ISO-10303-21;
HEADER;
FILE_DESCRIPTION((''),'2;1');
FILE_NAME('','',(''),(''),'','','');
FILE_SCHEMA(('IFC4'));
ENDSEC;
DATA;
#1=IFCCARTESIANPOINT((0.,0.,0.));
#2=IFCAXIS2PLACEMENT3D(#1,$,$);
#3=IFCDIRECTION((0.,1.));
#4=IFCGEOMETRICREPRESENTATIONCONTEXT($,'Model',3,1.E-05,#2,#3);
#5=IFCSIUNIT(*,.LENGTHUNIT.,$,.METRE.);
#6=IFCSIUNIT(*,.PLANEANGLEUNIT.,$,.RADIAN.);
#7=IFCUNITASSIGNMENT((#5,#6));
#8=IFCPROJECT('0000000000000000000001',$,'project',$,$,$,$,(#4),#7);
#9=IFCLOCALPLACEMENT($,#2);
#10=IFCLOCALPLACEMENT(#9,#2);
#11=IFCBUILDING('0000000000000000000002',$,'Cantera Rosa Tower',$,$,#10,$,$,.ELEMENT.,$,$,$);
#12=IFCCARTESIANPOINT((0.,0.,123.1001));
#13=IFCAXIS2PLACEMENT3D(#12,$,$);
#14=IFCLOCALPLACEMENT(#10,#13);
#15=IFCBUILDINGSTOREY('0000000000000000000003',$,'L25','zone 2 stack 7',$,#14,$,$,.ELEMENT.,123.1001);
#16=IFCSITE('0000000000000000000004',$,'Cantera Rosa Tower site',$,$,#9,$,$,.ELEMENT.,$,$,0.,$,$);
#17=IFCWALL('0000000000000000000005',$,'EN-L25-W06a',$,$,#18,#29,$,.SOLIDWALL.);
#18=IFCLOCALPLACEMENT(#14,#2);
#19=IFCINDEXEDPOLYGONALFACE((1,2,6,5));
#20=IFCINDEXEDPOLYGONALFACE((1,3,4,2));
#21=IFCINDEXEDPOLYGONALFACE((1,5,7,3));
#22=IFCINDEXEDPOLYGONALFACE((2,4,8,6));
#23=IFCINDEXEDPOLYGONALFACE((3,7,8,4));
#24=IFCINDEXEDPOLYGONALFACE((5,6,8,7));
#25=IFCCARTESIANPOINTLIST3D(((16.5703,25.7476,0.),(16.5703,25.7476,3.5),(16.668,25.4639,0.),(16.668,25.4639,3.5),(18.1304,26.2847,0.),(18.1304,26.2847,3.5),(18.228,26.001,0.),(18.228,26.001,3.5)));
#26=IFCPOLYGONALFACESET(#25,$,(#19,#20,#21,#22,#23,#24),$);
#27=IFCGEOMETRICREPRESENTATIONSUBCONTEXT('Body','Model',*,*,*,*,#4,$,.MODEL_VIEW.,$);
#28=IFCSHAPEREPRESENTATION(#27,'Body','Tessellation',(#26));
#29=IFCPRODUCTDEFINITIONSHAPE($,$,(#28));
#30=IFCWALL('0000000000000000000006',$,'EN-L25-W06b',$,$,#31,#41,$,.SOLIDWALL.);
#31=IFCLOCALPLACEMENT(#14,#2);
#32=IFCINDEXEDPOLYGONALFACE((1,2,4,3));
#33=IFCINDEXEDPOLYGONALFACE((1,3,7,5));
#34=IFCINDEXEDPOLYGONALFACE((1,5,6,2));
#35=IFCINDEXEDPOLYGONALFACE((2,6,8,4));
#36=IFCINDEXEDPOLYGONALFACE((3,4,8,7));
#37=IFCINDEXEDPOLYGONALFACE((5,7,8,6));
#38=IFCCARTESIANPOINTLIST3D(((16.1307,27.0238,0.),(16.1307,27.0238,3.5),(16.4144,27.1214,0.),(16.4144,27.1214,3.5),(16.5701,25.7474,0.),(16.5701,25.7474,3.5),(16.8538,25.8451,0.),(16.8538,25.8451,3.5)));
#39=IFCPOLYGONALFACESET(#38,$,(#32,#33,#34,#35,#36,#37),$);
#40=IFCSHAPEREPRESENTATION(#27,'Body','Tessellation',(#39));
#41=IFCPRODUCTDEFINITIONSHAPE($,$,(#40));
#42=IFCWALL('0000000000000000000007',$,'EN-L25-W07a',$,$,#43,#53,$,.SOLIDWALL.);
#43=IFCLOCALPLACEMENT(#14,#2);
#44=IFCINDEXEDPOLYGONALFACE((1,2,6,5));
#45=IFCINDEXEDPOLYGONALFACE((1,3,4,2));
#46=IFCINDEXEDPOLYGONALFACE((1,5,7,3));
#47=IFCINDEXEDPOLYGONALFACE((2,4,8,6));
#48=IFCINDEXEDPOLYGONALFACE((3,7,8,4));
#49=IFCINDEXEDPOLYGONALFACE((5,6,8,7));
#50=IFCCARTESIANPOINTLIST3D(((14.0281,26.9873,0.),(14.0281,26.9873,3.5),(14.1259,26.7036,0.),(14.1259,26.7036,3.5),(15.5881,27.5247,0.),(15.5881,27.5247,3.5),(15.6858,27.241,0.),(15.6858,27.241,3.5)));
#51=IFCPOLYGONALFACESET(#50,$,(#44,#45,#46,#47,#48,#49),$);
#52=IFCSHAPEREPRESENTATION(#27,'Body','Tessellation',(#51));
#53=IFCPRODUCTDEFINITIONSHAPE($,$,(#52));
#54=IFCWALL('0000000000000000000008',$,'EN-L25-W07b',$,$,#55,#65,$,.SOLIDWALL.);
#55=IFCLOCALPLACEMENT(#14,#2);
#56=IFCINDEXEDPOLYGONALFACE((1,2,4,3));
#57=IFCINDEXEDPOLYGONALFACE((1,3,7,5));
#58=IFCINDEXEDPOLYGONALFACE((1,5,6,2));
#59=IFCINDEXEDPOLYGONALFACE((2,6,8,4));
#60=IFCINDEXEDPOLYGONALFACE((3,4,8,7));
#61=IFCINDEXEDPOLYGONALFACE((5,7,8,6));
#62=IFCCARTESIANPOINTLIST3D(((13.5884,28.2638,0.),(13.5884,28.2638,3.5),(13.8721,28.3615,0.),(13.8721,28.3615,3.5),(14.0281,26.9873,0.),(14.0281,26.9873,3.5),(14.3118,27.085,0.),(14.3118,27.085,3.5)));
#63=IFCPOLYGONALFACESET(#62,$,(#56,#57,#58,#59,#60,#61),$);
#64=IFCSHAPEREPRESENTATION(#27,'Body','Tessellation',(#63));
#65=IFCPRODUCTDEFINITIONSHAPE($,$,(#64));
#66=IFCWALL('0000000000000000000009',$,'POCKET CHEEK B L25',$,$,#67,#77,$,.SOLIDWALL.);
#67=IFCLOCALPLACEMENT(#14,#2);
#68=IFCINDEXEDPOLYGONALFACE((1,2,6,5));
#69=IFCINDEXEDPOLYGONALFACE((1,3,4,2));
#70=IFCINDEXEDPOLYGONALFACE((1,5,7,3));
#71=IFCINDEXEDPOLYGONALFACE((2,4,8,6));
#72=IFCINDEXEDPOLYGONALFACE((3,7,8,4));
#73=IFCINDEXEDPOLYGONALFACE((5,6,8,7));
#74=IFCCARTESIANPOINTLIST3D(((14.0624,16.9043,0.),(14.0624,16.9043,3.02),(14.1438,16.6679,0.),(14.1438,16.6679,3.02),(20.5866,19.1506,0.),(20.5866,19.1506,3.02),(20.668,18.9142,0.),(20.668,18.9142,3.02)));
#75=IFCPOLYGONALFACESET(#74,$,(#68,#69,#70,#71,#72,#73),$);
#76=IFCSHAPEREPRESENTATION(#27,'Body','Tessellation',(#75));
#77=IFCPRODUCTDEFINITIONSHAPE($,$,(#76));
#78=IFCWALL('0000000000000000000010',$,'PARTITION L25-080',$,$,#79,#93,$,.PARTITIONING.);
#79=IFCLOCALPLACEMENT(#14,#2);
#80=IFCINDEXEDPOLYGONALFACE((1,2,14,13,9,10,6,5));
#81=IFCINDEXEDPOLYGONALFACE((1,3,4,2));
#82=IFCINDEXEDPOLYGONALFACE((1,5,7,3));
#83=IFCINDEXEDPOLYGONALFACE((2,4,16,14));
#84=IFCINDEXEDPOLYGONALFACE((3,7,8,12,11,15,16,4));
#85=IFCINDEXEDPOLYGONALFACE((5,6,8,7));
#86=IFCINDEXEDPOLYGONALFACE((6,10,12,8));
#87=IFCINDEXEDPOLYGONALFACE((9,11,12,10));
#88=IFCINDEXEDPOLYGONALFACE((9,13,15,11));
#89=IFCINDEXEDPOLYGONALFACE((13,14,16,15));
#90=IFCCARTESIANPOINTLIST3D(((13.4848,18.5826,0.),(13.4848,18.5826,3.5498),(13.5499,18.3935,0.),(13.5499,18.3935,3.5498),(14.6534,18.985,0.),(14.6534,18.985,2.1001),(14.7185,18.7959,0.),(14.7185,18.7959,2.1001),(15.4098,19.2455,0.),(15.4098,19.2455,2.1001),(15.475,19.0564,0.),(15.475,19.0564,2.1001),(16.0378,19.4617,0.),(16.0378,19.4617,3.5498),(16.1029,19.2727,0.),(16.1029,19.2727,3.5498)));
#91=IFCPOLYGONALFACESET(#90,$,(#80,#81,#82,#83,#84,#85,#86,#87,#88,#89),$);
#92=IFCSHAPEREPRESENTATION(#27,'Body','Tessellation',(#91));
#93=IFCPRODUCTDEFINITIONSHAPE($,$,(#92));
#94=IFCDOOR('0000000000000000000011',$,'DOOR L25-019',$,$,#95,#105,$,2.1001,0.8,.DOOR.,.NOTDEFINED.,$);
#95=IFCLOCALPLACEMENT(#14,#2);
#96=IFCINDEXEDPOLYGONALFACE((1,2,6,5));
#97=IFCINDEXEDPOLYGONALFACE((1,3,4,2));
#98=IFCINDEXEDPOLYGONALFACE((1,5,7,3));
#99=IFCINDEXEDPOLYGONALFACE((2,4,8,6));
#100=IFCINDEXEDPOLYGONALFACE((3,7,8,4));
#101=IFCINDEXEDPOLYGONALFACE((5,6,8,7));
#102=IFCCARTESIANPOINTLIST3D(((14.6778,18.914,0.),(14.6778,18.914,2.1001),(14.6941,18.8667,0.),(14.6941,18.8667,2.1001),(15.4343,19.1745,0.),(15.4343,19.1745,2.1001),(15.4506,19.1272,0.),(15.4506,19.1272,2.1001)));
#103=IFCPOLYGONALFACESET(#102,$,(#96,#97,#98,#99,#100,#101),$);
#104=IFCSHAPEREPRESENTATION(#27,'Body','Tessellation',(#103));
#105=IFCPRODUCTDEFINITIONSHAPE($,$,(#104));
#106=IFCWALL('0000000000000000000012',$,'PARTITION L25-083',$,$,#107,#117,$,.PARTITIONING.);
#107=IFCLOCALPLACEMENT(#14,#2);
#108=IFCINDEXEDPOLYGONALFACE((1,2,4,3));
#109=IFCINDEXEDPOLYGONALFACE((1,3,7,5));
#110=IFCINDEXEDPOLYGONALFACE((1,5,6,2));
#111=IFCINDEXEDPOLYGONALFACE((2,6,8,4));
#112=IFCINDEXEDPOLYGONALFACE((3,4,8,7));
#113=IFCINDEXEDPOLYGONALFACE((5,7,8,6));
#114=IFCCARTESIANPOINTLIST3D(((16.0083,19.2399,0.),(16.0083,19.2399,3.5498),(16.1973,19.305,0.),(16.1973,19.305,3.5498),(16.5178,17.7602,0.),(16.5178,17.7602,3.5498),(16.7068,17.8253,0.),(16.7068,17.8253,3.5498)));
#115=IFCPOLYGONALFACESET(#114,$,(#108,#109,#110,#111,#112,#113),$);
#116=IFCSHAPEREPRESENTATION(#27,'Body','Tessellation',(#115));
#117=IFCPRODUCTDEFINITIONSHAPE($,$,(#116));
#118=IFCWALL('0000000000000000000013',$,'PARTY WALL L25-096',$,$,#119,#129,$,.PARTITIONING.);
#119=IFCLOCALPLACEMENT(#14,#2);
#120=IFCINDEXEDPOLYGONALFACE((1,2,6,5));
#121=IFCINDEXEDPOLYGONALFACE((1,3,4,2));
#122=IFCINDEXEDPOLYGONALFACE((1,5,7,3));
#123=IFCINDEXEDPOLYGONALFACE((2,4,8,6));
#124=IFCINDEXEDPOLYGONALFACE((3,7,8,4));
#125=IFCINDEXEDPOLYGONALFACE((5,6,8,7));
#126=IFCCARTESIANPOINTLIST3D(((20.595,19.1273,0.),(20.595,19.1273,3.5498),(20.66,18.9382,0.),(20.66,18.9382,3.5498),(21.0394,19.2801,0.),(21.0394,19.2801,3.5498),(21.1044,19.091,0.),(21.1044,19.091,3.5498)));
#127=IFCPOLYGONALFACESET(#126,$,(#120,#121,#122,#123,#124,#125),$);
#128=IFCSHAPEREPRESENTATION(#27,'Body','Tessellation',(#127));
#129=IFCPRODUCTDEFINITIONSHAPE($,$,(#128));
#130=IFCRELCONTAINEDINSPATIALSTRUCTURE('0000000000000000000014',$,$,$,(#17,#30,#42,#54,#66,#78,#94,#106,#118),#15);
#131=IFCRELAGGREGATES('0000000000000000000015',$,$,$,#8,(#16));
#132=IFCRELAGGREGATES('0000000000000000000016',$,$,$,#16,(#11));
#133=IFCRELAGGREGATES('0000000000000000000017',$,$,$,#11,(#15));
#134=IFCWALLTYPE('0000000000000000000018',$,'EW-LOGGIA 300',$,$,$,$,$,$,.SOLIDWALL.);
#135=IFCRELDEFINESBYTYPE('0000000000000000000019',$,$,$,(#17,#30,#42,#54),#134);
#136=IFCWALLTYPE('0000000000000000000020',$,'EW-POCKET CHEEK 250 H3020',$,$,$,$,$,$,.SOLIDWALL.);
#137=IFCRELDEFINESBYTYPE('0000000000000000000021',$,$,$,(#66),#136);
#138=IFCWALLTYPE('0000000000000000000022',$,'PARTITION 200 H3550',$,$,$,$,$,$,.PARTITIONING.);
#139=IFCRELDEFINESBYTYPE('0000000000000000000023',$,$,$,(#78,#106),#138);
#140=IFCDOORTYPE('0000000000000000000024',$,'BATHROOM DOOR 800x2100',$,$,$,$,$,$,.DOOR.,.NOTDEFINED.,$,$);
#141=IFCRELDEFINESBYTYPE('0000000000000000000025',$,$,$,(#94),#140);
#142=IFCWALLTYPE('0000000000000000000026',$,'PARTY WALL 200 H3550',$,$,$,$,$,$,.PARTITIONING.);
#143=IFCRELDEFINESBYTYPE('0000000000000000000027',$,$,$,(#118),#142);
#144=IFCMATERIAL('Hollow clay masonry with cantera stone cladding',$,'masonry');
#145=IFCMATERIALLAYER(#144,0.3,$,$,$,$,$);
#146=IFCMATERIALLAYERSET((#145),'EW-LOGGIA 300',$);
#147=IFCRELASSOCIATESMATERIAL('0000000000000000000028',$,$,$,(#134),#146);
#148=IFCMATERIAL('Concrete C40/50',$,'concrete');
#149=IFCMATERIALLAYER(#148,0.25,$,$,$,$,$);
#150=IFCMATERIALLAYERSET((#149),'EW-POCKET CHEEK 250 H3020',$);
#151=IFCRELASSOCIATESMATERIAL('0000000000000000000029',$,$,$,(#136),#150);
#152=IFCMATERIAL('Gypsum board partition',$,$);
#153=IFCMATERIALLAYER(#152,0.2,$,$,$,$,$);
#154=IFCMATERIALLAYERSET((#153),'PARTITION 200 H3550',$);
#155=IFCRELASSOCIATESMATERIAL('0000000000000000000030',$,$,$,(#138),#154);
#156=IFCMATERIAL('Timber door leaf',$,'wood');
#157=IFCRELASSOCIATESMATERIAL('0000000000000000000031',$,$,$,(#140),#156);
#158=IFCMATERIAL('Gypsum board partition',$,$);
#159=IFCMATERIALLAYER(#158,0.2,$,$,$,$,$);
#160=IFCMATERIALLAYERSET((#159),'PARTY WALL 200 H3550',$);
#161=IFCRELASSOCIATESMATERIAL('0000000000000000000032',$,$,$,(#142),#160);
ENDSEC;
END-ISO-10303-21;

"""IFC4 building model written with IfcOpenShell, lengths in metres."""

from ifc_helpers import new_model, si_unit, direction, frame, frame_2d, origin, place, context, subcontext, project, spatial, rectangle, extrude, material, layer, layer_set, type_object, element, fill, save


model = new_model("IFC4")

# Units and contexts
model_context = context("Model", 3, precision=1e-05, world=origin(), true_north=direction((0.0, 1.0)))
body_context = subcontext(model_context, "Body", "Model", "MODEL_VIEW")
ifc_project = project(units=[si_unit("LENGTHUNIT", "METRE"), si_unit("PLANEANGLEUNIT", "RADIAN")], contexts=[model_context])

# Site, building, storey
site_placement = place(None, origin())
site = spatial("IfcSite", under=ifc_project, at=site_placement, Name="Cantera Rosa Tower site", CompositionType="ELEMENT", RefElevation=0.0)
building_placement = place(site_placement, origin())
building = spatial("IfcBuilding", under=site, at=building_placement, Name="Cantera Rosa Tower", CompositionType="ELEMENT")
storey_placement = place(building_placement, frame((0.0, 0.0, 123.1001)))
storey = spatial("IfcBuildingStorey", under=building, at=storey_placement, Name="L25", Description="zone 2 stack 7", CompositionType="ELEMENT", Elevation=123.1001)

# Walls
ifc_material_1 = material(Name="Hollow clay masonry with cantera stone cladding", Category="masonry")
ifc_layer_1 = layer(ifc_material_1, 0.3)
ifc_layer_set_1 = layer_set([ifc_layer_1], Name="EW-LOGGIA 300")
wall_type_1 = type_object("IfcWallType", Name="EW-LOGGIA 300", PredefinedType="SOLIDWALL", material=ifc_layer_set_1)
wall_1_placement = place(storey_placement, frame((18.1792, 26.1428, 0.0), z_axis=(0.0, 0.0, 1.0), x_axis=(-0.94553, -0.325535, 0.0)))
element("IfcWall", 1, at=wall_1_placement, inside=storey, type_object=wall_type_1, Name="EN-L25-W06a", PredefinedType="SOLIDWALL", context=body_context, shape_type="SweptSolid", body=[
    extrude(rectangle(XDim=1.6499, YDim=0.3, at=frame_2d((0.825, 0.0))), origin(), (0.0, 0.0, 1.0), 3.5),
])
wall_2_placement = place(storey_placement, frame((16.7119, 25.7964, 0.0), z_axis=(0.0, 0.0, 1.0), x_axis=(-0.325545, 0.945527, 0.0)))
element("IfcWall", 2, at=wall_2_placement, inside=storey, type_object=wall_type_1, Name="EN-L25-W06b", PredefinedType="SOLIDWALL", context=body_context, shape_type="SweptSolid", body=[
    extrude(rectangle(XDim=1.3499, YDim=0.3, at=frame_2d((0.6748, 0.0))), origin(), (0.0, 0.0, 1.0), 3.5),
])
wall_3_placement = place(storey_placement, frame((15.637, 27.3828, 0.0), z_axis=(0.0, 0.0, 1.0), x_axis=(-0.945485, -0.325667, 0.0)))
element("IfcWall", 3, at=wall_3_placement, inside=storey, type_object=wall_type_1, Name="EN-L25-W07a", PredefinedType="SOLIDWALL", context=body_context, shape_type="SweptSolid", body=[
    extrude(rectangle(XDim=1.6499, YDim=0.3, at=frame_2d((0.825, 0.0))), origin(), (0.0, 0.0, 1.0), 3.5),
])
wall_4_placement = place(storey_placement, frame((14.1699, 27.0361, 0.0), z_axis=(0.0, 0.0, 1.0), x_axis=(-0.325651, 0.94549, 0.0)))
element("IfcWall", 4, at=wall_4_placement, inside=storey, type_object=wall_type_1, Name="EN-L25-W07b", PredefinedType="SOLIDWALL", context=body_context, shape_type="SweptSolid", body=[
    extrude(rectangle(XDim=1.3501, YDim=0.3, at=frame_2d((0.675, 0.0))), origin(), (0.0, 0.0, 1.0), 3.5),
])

# Wall
ifc_material_2 = material(Name="Concrete C40/50", Category="concrete")
ifc_layer_2 = layer(ifc_material_2, 0.25)
ifc_layer_set_2 = layer_set([ifc_layer_2], Name="EW-POCKET CHEEK 250 H3020")
wall_type_2 = type_object("IfcWallType", Name="EW-POCKET CHEEK 250 H3020", PredefinedType="SOLIDWALL", material=ifc_layer_set_2)
wall_5_placement = place(storey_placement, frame((20.6274, 19.0325, 0.0), z_axis=(0.0, 0.0, 1.0), x_axis=(-0.945524, -0.325553, 0.0)))
element("IfcWall", 5, at=wall_5_placement, inside=storey, type_object=wall_type_2, Name="POCKET CHEEK B L25", PredefinedType="SOLIDWALL", context=body_context, shape_type="SweptSolid", body=[
    extrude(rectangle(XDim=6.9001, YDim=0.25, at=frame_2d((3.4502, 0.0))), origin(), (0.0, 0.0, 1.0), 3.02),
])

# Wall, opening, door
ifc_material_3 = material(Name="Gypsum board partition")
ifc_layer_3 = layer(ifc_material_3, 0.2)
ifc_layer_set_3 = layer_set([ifc_layer_3], Name="PARTITION 200 H3550")
wall_type_3 = type_object("IfcWallType", Name="PARTITION 200 H3550", PredefinedType="PARTITIONING", material=ifc_layer_set_3)
wall_6_placement = place(storey_placement, frame((13.5173, 18.488, 0.0), z_axis=(0.0, 0.0, 1.0), x_axis=(0.945508, 0.325598, 0.0)))
wall_6 = element("IfcWall", 6, at=wall_6_placement, inside=storey, type_object=wall_type_3, Name="PARTITION L25-080", PredefinedType="PARTITIONING", context=body_context, shape_type="SweptSolid", body=[
    extrude(rectangle(XDim=2.7002, YDim=0.2, at=frame_2d((1.3501, 0.0))), origin(), (0.0, 0.0, 1.0), 3.5498),
])
opening_1_placement = place(wall_6_placement, frame((1.2361, 0.0, 0.0)))
opening_1 = element("IfcOpeningElement", 7, at=opening_1_placement, cuts=wall_6, PredefinedType="OPENING", context=body_context, shape_type="SweptSolid", body=[
    extrude(rectangle(XDim=0.8, YDim=2.1001, at=frame_2d((0.3999, 1.05))), frame((0.0, 0.1099, 0.0), z_axis=(0.0, -1.0, 0.0), x_axis=(1.0, 0.0, 0.0)), (0.0, 0.0, 1.0), 0.22),
])
ifc_material_4 = material(Name="Timber door leaf", Category="wood")
door_type_1 = type_object("IfcDoorType", Name="BATHROOM DOOR 800x2100", OperationType="NOTDEFINED", PredefinedType="DOOR", material=ifc_material_4)
door_1_placement = place(opening_1_placement, origin())
door_1 = element("IfcDoor", 8, at=door_1_placement, inside=storey, type_object=door_type_1, Name="DOOR L25-019", OperationType="NOTDEFINED", OverallHeight=2.1001, OverallWidth=0.8, PredefinedType="DOOR", context=body_context, shape_type="SweptSolid", body=[
    extrude(rectangle(XDim=0.8, YDim=2.1001, at=frame_2d((0.3999, 1.05))), frame((0.0, 0.0249, 0.0), z_axis=(0.0, -1.0, 0.0), x_axis=(1.0, 0.0, 0.0)), (0.0, 0.0, 1.0), 0.05),
])
fill(opening_1, door_1)

# Walls
wall_7_placement = place(storey_placement, frame((16.1028, 19.2725, 0.0), z_axis=(0.0, 0.0, 1.0), x_axis=(0.325572, -0.945517, 0.0)))
element("IfcWall", 9, at=wall_7_placement, inside=storey, type_object=wall_type_3, Name="PARTITION L25-083", PredefinedType="PARTITIONING", context=body_context, shape_type="SweptSolid", body=[
    extrude(rectangle(XDim=1.5649, YDim=0.2, at=frame_2d((0.7825, 0.0))), origin(), (0.0, 0.0, 1.0), 3.5498),
])
ifc_material_5 = material(Name="Gypsum board partition")
ifc_layer_4 = layer(ifc_material_5, 0.2)
ifc_layer_set_4 = layer_set([ifc_layer_4], Name="PARTY WALL 200 H3550")
wall_type_4 = type_object("IfcWallType", Name="PARTY WALL 200 H3550", PredefinedType="PARTITIONING", material=ifc_layer_set_4)
wall_8_placement = place(storey_placement, frame((21.0718, 19.1855, 0.0), z_axis=(0.0, 0.0, 1.0), x_axis=(-0.945627, -0.325254, 0.0)))
element("IfcWall", 10, at=wall_8_placement, inside=storey, type_object=wall_type_4, Name="PARTY WALL L25-096", PredefinedType="PARTITIONING", context=body_context, shape_type="SweptSolid", body=[
    extrude(rectangle(XDim=0.47, YDim=0.2, at=frame_2d((0.2349, 0.0))), origin(), (0.0, 0.0, 1.0), 3.5498),
])

save(model, "model.ifc")
